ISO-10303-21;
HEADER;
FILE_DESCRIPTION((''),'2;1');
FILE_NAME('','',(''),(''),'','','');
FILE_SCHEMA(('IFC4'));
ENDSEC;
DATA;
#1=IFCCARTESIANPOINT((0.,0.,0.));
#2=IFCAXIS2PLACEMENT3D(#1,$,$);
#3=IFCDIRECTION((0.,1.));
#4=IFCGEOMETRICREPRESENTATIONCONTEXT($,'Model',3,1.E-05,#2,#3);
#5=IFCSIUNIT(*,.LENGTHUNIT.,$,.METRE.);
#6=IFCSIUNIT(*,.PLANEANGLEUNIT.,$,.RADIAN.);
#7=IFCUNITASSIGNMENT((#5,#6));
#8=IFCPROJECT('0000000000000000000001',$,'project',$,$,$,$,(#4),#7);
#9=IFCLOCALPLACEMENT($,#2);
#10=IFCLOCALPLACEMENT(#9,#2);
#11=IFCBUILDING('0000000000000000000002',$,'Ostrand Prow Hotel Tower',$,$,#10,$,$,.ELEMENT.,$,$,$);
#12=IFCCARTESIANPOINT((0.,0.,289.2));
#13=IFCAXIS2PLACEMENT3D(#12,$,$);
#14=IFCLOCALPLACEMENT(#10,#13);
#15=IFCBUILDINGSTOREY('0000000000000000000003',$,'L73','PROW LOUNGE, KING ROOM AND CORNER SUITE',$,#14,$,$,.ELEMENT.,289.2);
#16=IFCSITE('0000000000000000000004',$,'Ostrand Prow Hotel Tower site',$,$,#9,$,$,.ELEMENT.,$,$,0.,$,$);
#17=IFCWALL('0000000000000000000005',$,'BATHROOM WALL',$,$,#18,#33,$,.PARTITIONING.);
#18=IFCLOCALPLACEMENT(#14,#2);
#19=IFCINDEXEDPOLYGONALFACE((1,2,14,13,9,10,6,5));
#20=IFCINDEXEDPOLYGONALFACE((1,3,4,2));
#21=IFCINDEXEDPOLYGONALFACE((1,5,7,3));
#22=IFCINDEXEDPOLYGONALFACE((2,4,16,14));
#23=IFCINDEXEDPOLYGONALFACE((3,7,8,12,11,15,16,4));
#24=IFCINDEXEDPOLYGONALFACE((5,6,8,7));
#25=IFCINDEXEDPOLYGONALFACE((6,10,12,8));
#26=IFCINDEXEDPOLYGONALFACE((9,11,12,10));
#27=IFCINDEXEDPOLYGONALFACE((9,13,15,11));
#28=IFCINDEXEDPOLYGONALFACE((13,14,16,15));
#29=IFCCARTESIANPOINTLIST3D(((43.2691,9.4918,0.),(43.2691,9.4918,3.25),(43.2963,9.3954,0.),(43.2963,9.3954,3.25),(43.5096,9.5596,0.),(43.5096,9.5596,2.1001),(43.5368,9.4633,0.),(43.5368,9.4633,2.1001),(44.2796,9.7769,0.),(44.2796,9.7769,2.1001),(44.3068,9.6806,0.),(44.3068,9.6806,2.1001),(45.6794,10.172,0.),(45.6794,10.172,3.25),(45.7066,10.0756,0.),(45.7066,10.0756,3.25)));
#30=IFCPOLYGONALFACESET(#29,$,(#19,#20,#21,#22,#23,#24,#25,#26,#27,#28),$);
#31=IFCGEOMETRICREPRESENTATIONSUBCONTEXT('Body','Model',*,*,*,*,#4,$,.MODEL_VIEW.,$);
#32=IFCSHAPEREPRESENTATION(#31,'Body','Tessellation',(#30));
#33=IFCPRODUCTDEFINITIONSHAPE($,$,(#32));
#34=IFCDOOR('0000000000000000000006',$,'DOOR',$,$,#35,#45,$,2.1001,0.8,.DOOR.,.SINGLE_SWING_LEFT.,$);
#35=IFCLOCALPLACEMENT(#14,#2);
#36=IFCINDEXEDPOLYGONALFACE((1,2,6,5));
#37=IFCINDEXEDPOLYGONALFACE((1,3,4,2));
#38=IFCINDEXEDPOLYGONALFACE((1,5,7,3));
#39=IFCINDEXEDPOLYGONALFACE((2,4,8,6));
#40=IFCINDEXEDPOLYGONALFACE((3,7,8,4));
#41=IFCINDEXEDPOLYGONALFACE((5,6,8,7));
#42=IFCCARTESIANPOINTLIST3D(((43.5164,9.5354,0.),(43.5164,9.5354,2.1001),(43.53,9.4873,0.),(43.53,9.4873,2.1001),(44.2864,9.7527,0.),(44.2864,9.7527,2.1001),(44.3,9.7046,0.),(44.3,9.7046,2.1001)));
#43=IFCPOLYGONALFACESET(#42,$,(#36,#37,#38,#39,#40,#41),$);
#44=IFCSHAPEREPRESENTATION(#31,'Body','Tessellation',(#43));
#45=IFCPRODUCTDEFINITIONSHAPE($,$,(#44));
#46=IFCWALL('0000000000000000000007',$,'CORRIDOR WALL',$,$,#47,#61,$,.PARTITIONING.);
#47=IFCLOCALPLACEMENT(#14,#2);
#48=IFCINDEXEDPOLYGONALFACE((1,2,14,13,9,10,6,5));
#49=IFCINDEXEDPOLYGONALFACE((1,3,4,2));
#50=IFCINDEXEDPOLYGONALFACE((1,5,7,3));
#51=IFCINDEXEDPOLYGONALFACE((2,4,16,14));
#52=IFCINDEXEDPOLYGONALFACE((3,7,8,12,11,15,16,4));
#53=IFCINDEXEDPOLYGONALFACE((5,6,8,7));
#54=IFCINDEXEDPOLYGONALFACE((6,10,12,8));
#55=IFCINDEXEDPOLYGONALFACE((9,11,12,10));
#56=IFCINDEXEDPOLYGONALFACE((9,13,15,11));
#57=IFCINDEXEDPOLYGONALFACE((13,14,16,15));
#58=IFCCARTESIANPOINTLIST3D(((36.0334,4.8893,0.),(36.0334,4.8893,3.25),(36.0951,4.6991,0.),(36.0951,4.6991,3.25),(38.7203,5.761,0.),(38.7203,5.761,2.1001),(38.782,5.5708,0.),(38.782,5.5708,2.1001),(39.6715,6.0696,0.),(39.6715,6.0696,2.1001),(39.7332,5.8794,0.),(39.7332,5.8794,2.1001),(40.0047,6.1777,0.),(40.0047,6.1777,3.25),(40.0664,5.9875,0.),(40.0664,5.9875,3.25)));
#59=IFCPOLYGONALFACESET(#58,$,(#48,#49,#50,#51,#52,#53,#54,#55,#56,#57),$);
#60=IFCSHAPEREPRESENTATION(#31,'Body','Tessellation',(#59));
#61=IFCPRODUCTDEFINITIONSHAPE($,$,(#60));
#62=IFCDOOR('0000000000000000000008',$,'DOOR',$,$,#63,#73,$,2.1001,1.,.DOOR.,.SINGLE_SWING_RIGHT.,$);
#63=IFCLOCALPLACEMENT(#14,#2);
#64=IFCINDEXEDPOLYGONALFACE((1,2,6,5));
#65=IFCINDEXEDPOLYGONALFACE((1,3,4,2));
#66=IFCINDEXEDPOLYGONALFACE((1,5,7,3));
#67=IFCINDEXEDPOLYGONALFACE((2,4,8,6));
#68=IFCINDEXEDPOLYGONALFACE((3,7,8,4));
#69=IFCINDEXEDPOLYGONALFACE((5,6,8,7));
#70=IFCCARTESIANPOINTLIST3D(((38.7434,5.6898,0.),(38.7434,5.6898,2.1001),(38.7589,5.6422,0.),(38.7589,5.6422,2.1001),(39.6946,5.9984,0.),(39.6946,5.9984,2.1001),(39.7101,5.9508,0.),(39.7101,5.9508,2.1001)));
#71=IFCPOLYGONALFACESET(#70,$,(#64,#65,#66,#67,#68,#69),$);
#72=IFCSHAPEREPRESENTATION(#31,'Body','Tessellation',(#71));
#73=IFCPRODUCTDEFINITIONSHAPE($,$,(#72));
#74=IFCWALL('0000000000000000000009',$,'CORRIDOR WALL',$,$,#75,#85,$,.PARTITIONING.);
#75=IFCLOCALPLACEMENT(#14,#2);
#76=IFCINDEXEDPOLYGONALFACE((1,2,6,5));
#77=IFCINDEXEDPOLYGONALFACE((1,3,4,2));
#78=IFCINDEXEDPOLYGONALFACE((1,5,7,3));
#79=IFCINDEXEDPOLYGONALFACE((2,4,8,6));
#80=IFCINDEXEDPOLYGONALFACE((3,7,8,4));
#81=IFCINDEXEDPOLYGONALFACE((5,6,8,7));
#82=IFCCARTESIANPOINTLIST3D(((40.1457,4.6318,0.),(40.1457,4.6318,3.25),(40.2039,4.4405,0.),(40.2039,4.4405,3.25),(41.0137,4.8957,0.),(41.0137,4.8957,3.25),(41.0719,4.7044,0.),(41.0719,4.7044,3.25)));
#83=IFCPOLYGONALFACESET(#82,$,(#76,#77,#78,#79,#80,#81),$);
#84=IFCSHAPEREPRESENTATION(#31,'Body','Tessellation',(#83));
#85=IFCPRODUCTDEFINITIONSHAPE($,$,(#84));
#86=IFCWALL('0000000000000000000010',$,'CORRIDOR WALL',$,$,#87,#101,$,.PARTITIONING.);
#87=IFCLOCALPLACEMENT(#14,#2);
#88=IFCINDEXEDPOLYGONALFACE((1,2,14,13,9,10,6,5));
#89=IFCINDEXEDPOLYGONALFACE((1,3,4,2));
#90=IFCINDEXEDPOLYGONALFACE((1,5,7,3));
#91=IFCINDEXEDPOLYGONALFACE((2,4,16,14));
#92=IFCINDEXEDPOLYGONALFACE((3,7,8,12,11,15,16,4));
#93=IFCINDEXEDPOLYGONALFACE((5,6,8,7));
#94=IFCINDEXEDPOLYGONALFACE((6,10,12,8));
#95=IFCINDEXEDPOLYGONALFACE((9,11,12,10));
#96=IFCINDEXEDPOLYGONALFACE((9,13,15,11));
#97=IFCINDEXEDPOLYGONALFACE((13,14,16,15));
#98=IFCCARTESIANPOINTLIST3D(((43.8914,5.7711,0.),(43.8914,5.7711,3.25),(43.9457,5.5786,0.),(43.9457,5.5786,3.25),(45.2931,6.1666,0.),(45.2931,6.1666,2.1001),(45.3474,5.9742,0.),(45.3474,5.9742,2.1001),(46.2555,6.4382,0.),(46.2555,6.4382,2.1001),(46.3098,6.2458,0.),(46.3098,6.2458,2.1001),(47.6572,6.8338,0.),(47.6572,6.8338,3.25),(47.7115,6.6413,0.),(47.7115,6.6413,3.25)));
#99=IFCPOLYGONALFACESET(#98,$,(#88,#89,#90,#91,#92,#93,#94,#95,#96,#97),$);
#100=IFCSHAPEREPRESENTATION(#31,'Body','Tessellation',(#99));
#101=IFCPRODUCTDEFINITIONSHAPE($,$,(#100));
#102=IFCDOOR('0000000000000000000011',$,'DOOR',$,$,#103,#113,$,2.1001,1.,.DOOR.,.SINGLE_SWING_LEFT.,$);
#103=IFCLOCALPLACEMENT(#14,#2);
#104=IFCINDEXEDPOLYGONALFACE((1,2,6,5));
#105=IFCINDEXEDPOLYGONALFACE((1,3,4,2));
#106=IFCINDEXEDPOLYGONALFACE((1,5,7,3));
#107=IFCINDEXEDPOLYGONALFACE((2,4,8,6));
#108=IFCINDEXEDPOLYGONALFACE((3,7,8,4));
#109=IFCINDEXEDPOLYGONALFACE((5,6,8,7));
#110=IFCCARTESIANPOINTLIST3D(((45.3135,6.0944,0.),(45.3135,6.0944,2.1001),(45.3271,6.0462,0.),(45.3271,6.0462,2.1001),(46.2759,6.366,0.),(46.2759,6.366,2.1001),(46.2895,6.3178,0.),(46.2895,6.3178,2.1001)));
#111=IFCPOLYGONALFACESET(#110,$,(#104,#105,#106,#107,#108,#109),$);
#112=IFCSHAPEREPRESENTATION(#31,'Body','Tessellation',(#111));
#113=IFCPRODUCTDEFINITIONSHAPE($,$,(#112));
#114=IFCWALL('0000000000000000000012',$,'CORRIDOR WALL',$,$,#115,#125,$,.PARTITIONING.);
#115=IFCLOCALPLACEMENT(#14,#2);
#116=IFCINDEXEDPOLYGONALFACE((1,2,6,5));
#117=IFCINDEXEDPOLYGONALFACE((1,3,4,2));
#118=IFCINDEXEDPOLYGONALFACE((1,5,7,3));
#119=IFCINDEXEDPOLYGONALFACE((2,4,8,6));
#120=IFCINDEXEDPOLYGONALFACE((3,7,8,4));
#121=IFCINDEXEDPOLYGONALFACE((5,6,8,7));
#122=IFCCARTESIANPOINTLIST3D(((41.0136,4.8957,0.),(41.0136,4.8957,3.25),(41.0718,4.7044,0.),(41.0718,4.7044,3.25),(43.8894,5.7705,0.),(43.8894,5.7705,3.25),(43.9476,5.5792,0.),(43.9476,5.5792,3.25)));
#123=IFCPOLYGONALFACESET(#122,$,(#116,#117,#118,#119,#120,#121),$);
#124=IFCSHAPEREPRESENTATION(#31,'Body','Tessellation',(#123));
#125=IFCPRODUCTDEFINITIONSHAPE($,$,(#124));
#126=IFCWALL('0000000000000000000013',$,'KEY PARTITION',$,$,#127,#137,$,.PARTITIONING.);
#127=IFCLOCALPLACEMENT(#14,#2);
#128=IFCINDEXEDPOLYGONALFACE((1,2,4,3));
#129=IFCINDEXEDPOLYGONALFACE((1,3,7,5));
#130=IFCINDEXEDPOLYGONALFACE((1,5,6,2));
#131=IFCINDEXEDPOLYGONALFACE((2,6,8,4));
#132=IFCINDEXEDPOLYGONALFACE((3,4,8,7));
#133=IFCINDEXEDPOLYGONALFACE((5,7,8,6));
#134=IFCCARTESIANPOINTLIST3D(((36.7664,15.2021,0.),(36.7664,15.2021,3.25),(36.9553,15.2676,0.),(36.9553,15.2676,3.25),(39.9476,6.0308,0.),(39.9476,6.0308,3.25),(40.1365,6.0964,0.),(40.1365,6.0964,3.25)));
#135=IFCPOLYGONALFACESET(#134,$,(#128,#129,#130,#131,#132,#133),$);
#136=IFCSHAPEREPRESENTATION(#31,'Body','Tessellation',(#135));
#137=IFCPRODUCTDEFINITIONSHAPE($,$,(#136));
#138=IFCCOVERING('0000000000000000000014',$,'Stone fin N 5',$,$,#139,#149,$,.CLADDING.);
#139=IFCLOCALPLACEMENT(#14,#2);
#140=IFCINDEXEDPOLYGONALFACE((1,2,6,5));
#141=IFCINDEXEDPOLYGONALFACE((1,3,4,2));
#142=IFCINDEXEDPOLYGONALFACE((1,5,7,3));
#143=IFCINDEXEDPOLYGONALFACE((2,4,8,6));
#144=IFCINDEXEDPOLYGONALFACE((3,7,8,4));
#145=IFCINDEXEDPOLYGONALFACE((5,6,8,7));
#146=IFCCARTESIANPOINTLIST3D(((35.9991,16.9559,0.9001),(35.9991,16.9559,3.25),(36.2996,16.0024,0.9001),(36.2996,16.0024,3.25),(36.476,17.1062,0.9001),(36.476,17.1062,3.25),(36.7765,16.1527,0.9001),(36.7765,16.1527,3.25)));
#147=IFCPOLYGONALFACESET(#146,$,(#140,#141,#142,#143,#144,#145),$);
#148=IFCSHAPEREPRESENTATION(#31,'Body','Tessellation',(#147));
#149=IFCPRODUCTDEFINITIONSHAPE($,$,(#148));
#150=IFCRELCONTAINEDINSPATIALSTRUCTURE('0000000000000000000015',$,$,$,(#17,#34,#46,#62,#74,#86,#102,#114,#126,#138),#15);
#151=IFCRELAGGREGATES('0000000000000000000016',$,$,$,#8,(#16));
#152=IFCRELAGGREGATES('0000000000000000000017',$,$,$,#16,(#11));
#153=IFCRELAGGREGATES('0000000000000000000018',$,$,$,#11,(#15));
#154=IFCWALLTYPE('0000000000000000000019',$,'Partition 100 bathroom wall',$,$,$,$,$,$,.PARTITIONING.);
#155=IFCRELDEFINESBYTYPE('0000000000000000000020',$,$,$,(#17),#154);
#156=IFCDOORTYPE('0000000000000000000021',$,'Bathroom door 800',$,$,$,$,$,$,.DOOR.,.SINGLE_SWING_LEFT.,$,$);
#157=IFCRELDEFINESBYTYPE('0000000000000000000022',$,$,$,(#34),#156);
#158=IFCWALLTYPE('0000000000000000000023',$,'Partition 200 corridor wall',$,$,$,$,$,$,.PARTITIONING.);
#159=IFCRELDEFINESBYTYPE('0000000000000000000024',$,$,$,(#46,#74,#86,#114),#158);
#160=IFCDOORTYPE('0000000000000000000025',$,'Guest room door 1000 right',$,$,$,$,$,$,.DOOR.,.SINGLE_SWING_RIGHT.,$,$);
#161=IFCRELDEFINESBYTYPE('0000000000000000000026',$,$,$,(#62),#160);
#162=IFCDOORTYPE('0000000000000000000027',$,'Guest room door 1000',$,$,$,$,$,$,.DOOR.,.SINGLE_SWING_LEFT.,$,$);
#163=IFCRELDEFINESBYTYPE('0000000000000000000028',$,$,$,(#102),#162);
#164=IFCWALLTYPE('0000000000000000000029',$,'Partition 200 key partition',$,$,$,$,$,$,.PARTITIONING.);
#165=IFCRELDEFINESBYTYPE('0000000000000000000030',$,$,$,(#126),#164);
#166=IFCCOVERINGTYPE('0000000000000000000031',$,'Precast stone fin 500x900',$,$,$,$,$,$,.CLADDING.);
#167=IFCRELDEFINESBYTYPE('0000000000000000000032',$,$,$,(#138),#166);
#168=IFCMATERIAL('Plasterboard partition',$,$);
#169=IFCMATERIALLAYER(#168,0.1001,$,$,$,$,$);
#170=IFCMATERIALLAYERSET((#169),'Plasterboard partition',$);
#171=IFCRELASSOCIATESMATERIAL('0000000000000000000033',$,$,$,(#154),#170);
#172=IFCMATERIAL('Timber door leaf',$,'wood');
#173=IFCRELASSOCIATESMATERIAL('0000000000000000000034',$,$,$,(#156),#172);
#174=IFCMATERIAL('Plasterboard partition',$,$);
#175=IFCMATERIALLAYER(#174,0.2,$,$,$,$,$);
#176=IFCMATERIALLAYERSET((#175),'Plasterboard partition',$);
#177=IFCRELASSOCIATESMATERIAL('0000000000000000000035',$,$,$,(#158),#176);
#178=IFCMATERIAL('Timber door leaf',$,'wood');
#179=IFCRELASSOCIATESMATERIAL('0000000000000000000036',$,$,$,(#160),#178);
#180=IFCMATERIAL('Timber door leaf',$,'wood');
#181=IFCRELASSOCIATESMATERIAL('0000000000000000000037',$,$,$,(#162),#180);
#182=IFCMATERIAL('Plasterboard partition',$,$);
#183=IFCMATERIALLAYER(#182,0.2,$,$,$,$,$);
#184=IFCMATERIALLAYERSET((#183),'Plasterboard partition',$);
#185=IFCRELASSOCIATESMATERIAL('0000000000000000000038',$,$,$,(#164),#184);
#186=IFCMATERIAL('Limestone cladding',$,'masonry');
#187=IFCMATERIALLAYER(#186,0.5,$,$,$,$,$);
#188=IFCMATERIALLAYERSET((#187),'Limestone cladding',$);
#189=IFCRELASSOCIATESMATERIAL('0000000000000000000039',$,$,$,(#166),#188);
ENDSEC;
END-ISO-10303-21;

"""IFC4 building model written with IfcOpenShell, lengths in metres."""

from ifc_helpers import new_model, si_unit, direction, frame, frame_2d, origin, place, context, subcontext, project, spatial, rectangle, extrude, material, layer, layer_set, type_object, element, fill, save


model = new_model("IFC4")

# Units and contexts
model_context = context("Model", 3, precision=1e-05, world=origin(), true_north=direction((0.0, 1.0)))
body_context = subcontext(model_context, "Body", "Model", "MODEL_VIEW")
ifc_project = project(units=[si_unit("LENGTHUNIT", "METRE"), si_unit("PLANEANGLEUNIT", "RADIAN")], contexts=[model_context])

# Site, building, storey
site_placement = place(None, origin())
site = spatial("IfcSite", under=ifc_project, at=site_placement, Name="Ostrand Prow Hotel Tower site", CompositionType="ELEMENT", RefElevation=0.0)
building_placement = place(site_placement, origin())
building = spatial("IfcBuilding", under=site, at=building_placement, Name="Ostrand Prow Hotel Tower", CompositionType="ELEMENT")
storey_placement = place(building_placement, frame((0.0, 0.0, 289.2)))
storey = spatial("IfcBuildingStorey", under=building, at=storey_placement, Name="L73", Description="PROW LOUNGE, KING ROOM AND CORNER SUITE", CompositionType="ELEMENT", Elevation=289.2)

# Shared definitions
ifc_material_1 = material(Name="Plasterboard partition")
ifc_layer_1 = layer(ifc_material_1, 0.1001)
ifc_layer_set_1 = layer_set([ifc_layer_1], Name="Plasterboard partition")
wall_type_1 = type_object("IfcWallType", Name="Partition 100 bathroom wall", PredefinedType="PARTITIONING", material=ifc_layer_set_1)

# Shared definitions
ifc_material_2 = material(Name="Timber door leaf", Category="wood")
door_type_1 = type_object("IfcDoorType", Name="Bathroom door 800", OperationType="SINGLE_SWING_LEFT", PredefinedType="DOOR", material=ifc_material_2)

# Walls, openings, doors
wall_1_placement = place(storey_placement, frame((43.2827, 9.4436, 0.0), z_axis=(0.0, 0.0, 1.0), x_axis=(0.962409, 0.271604, 0.0)))
wall_1 = element("IfcWall", 1, at=wall_1_placement, inside=storey, type_object=wall_type_1, Name="BATHROOM WALL", PredefinedType="PARTITIONING", context=body_context, shape_type="SweptSolid", body=[
    extrude(rectangle(XDim=2.5044, YDim=0.1001, at=frame_2d((1.2522, 0.0))), origin(), (0.0, 0.0, 1.0), 3.25),
])
opening_1_placement = place(wall_1_placement, frame((0.25, 0.0, 0.0)))
opening_1 = element("IfcOpeningElement", 2, at=opening_1_placement, cuts=wall_1, PredefinedType="OPENING", context=body_context, shape_type="SweptSolid", body=[
    extrude(rectangle(XDim=0.8, YDim=2.1001, at=frame_2d((0.3999, 1.05))), frame((0.0, 0.0601, 0.0), z_axis=(0.0, -1.0, 0.0), x_axis=(1.0, 0.0, 0.0)), (0.0, 0.0, 1.0), 0.1201),
])
door_1_placement = place(opening_1_placement, origin())
door_1 = element("IfcDoor", 3, at=door_1_placement, inside=storey, type_object=door_type_1, Name="DOOR", OperationType="SINGLE_SWING_LEFT", OverallHeight=2.1001, OverallWidth=0.8, PredefinedType="DOOR", context=body_context, shape_type="SweptSolid", body=[
    extrude(rectangle(XDim=0.8, YDim=2.1001, at=frame_2d((0.3999, 1.05))), frame((0.0, 0.0249, 0.0), z_axis=(0.0, -1.0, 0.0), x_axis=(1.0, 0.0, 0.0)), (0.0, 0.0, 1.0), 0.05),
])
fill(opening_1, door_1)
ifc_material_3 = material(Name="Plasterboard partition")
ifc_layer_2 = layer(ifc_material_3, 0.2)
ifc_layer_set_2 = layer_set([ifc_layer_2], Name="Plasterboard partition")
wall_type_2 = type_object("IfcWallType", Name="Partition 200 corridor wall", PredefinedType="PARTITIONING", material=ifc_layer_set_2)
wall_2_placement = place(storey_placement, frame((40.0354, 6.0825, 0.0), z_axis=(0.0, 0.0, 1.0), x_axis=(-0.951196, -0.308586, 0.0)))
wall_2 = element("IfcWall", 4, at=wall_2_placement, inside=storey, type_object=wall_type_2, Name="CORRIDOR WALL", PredefinedType="PARTITIONING", context=body_context, shape_type="SweptSolid", body=[
    extrude(rectangle(XDim=4.175, YDim=0.2, at=frame_2d((2.0874, 0.0))), origin(), (0.0, 0.0, 1.0), 3.25),
])
opening_2_placement = place(wall_2_placement, frame((0.3501, 0.0, 0.0)))
opening_2 = element("IfcOpeningElement", 5, at=opening_2_placement, cuts=wall_2, PredefinedType="OPENING", context=body_context, shape_type="SweptSolid", body=[
    extrude(rectangle(XDim=1.0, YDim=2.1001, at=frame_2d((0.5, 1.05))), frame((0.0, 0.1099, 0.0), z_axis=(0.0, -1.0, 0.0), x_axis=(1.0, 0.0, 0.0)), (0.0, 0.0, 1.0), 0.22),
])
ifc_material_4 = material(Name="Timber door leaf", Category="wood")
door_type_2 = type_object("IfcDoorType", Name="Guest room door 1000 right", OperationType="SINGLE_SWING_RIGHT", PredefinedType="DOOR", material=ifc_material_4)
door_2_placement = place(opening_2_placement, origin())
door_2 = element("IfcDoor", 6, at=door_2_placement, inside=storey, type_object=door_type_2, Name="DOOR", OperationType="SINGLE_SWING_RIGHT", OverallHeight=2.1001, OverallWidth=1.0, PredefinedType="DOOR", context=body_context, shape_type="SweptSolid", body=[
    extrude(rectangle(XDim=1.0, YDim=2.1001, at=frame_2d((0.5, 1.05))), frame((0.0, 0.0249, 0.0), z_axis=(0.0, -1.0, 0.0), x_axis=(1.0, 0.0, 0.0)), (0.0, 0.0, 1.0), 0.05),
])
fill(opening_2, door_2)

# Wall
wall_3_placement = place(storey_placement, frame((40.1748, 4.5361, 0.0), z_axis=(0.0, 0.0, 1.0), x_axis=(0.956746, 0.290926, 0.0)))
element("IfcWall", 7, at=wall_3_placement, inside=storey, type_object=wall_type_2, Name="CORRIDOR WALL", PredefinedType="PARTITIONING", context=body_context, shape_type="SweptSolid", body=[
    extrude(rectangle(XDim=0.9072, YDim=0.2, at=frame_2d((0.4536, 0.0))), origin(), (0.0, 0.0, 1.0), 3.25),
])

# Wall, opening, door
wall_4_placement = place(storey_placement, frame((43.9185, 5.6748, 0.0), z_axis=(0.0, 0.0, 1.0), x_axis=(0.962411, 0.271596, 0.0)))
wall_4 = element("IfcWall", 8, at=wall_4_placement, inside=storey, type_object=wall_type_2, Name="CORRIDOR WALL", PredefinedType="PARTITIONING", context=body_context, shape_type="SweptSolid", body=[
    extrude(rectangle(XDim=3.9128, YDim=0.2, at=frame_2d((1.9565, 0.0))), origin(), (0.0, 0.0, 1.0), 3.25),
])
opening_3_placement = place(wall_4_placement, frame((1.4565, 0.0, 0.0)))
opening_3 = element("IfcOpeningElement", 9, at=opening_3_placement, cuts=wall_4, PredefinedType="OPENING", context=body_context, shape_type="SweptSolid", body=[
    extrude(rectangle(XDim=1.0, YDim=2.1001, at=frame_2d((0.5, 1.05))), frame((0.0, 0.1099, 0.0), z_axis=(0.0, -1.0, 0.0), x_axis=(1.0, 0.0, 0.0)), (0.0, 0.0, 1.0), 0.22),
])
ifc_material_5 = material(Name="Timber door leaf", Category="wood")
door_type_3 = type_object("IfcDoorType", Name="Guest room door 1000", OperationType="SINGLE_SWING_LEFT", PredefinedType="DOOR", material=ifc_material_5)
door_3_placement = place(opening_3_placement, origin())
door_3 = element("IfcDoor", 10, at=door_3_placement, inside=storey, type_object=door_type_3, Name="DOOR", OperationType="SINGLE_SWING_LEFT", OverallHeight=2.1001, OverallWidth=1.0, PredefinedType="DOOR", context=body_context, shape_type="SweptSolid", body=[
    extrude(rectangle(XDim=1.0, YDim=2.1001, at=frame_2d((0.5, 1.05))), frame((0.0, 0.0249, 0.0), z_axis=(0.0, -1.0, 0.0), x_axis=(1.0, 0.0, 0.0)), (0.0, 0.0, 1.0), 0.05),
])
fill(opening_3, door_3)

# Walls
wall_5_placement = place(storey_placement, frame((41.0427, 4.8, 0.0), z_axis=(0.0, 0.0, 1.0), x_axis=(0.956717, 0.291019, 0.0)))
element("IfcWall", 11, at=wall_5_placement, inside=storey, type_object=wall_type_2, Name="CORRIDOR WALL", PredefinedType="PARTITIONING", context=body_context, shape_type="SweptSolid", body=[
    extrude(rectangle(XDim=3.0059, YDim=0.2, at=frame_2d((1.5029, 0.0))), origin(), (0.0, 0.0, 1.0), 3.25),
])
ifc_material_6 = material(Name="Plasterboard partition")
ifc_layer_3 = layer(ifc_material_6, 0.2)
ifc_layer_set_3 = layer_set([ifc_layer_3], Name="Plasterboard partition")
wall_type_3 = type_object("IfcWallType", Name="Partition 200 key partition", PredefinedType="PARTITIONING", material=ifc_layer_set_3)
wall_6_placement = place(storey_placement, frame((40.042, 6.0637, 0.0), z_axis=(0.0, 0.0, 1.0), x_axis=(-0.327711, 0.944778, 0.0)))
element("IfcWall", 12, at=wall_6_placement, inside=storey, type_object=wall_type_3, Name="KEY PARTITION", PredefinedType="PARTITIONING", context=body_context, shape_type="SweptSolid", body=[
    extrude(rectangle(XDim=9.7073, YDim=0.2, at=frame_2d((4.8535, 0.0))), origin(), (0.0, 0.0, 1.0), 3.25),
])

# Covering
ifc_material_7 = material(Name="Limestone cladding", Category="masonry")
ifc_layer_4 = layer(ifc_material_7, 0.5)
ifc_layer_set_4 = layer_set([ifc_layer_4], Name="Limestone cladding")
covering_type = type_object("IfcCoveringType", Name="Precast stone fin 500x900", PredefinedType="CLADDING", material=ifc_layer_set_4)
covering_placement = place(storey_placement, frame((36.5381, 16.0774, 0.9001), z_axis=(0.0, 0.0, 1.0), x_axis=(-0.300582, 0.953756, 0.0)))
element("IfcCovering", 13, at=covering_placement, inside=storey, type_object=covering_type, Name="Stone fin N 5", PredefinedType="CLADDING", context=body_context, shape_type="SweptSolid", body=[
    extrude(rectangle(XDim=0.9998, YDim=0.5, at=frame_2d((0.5, 0.0))), origin(), (0.0, 0.0, 1.0), 2.3499),
])

save(model, "model.ifc")
